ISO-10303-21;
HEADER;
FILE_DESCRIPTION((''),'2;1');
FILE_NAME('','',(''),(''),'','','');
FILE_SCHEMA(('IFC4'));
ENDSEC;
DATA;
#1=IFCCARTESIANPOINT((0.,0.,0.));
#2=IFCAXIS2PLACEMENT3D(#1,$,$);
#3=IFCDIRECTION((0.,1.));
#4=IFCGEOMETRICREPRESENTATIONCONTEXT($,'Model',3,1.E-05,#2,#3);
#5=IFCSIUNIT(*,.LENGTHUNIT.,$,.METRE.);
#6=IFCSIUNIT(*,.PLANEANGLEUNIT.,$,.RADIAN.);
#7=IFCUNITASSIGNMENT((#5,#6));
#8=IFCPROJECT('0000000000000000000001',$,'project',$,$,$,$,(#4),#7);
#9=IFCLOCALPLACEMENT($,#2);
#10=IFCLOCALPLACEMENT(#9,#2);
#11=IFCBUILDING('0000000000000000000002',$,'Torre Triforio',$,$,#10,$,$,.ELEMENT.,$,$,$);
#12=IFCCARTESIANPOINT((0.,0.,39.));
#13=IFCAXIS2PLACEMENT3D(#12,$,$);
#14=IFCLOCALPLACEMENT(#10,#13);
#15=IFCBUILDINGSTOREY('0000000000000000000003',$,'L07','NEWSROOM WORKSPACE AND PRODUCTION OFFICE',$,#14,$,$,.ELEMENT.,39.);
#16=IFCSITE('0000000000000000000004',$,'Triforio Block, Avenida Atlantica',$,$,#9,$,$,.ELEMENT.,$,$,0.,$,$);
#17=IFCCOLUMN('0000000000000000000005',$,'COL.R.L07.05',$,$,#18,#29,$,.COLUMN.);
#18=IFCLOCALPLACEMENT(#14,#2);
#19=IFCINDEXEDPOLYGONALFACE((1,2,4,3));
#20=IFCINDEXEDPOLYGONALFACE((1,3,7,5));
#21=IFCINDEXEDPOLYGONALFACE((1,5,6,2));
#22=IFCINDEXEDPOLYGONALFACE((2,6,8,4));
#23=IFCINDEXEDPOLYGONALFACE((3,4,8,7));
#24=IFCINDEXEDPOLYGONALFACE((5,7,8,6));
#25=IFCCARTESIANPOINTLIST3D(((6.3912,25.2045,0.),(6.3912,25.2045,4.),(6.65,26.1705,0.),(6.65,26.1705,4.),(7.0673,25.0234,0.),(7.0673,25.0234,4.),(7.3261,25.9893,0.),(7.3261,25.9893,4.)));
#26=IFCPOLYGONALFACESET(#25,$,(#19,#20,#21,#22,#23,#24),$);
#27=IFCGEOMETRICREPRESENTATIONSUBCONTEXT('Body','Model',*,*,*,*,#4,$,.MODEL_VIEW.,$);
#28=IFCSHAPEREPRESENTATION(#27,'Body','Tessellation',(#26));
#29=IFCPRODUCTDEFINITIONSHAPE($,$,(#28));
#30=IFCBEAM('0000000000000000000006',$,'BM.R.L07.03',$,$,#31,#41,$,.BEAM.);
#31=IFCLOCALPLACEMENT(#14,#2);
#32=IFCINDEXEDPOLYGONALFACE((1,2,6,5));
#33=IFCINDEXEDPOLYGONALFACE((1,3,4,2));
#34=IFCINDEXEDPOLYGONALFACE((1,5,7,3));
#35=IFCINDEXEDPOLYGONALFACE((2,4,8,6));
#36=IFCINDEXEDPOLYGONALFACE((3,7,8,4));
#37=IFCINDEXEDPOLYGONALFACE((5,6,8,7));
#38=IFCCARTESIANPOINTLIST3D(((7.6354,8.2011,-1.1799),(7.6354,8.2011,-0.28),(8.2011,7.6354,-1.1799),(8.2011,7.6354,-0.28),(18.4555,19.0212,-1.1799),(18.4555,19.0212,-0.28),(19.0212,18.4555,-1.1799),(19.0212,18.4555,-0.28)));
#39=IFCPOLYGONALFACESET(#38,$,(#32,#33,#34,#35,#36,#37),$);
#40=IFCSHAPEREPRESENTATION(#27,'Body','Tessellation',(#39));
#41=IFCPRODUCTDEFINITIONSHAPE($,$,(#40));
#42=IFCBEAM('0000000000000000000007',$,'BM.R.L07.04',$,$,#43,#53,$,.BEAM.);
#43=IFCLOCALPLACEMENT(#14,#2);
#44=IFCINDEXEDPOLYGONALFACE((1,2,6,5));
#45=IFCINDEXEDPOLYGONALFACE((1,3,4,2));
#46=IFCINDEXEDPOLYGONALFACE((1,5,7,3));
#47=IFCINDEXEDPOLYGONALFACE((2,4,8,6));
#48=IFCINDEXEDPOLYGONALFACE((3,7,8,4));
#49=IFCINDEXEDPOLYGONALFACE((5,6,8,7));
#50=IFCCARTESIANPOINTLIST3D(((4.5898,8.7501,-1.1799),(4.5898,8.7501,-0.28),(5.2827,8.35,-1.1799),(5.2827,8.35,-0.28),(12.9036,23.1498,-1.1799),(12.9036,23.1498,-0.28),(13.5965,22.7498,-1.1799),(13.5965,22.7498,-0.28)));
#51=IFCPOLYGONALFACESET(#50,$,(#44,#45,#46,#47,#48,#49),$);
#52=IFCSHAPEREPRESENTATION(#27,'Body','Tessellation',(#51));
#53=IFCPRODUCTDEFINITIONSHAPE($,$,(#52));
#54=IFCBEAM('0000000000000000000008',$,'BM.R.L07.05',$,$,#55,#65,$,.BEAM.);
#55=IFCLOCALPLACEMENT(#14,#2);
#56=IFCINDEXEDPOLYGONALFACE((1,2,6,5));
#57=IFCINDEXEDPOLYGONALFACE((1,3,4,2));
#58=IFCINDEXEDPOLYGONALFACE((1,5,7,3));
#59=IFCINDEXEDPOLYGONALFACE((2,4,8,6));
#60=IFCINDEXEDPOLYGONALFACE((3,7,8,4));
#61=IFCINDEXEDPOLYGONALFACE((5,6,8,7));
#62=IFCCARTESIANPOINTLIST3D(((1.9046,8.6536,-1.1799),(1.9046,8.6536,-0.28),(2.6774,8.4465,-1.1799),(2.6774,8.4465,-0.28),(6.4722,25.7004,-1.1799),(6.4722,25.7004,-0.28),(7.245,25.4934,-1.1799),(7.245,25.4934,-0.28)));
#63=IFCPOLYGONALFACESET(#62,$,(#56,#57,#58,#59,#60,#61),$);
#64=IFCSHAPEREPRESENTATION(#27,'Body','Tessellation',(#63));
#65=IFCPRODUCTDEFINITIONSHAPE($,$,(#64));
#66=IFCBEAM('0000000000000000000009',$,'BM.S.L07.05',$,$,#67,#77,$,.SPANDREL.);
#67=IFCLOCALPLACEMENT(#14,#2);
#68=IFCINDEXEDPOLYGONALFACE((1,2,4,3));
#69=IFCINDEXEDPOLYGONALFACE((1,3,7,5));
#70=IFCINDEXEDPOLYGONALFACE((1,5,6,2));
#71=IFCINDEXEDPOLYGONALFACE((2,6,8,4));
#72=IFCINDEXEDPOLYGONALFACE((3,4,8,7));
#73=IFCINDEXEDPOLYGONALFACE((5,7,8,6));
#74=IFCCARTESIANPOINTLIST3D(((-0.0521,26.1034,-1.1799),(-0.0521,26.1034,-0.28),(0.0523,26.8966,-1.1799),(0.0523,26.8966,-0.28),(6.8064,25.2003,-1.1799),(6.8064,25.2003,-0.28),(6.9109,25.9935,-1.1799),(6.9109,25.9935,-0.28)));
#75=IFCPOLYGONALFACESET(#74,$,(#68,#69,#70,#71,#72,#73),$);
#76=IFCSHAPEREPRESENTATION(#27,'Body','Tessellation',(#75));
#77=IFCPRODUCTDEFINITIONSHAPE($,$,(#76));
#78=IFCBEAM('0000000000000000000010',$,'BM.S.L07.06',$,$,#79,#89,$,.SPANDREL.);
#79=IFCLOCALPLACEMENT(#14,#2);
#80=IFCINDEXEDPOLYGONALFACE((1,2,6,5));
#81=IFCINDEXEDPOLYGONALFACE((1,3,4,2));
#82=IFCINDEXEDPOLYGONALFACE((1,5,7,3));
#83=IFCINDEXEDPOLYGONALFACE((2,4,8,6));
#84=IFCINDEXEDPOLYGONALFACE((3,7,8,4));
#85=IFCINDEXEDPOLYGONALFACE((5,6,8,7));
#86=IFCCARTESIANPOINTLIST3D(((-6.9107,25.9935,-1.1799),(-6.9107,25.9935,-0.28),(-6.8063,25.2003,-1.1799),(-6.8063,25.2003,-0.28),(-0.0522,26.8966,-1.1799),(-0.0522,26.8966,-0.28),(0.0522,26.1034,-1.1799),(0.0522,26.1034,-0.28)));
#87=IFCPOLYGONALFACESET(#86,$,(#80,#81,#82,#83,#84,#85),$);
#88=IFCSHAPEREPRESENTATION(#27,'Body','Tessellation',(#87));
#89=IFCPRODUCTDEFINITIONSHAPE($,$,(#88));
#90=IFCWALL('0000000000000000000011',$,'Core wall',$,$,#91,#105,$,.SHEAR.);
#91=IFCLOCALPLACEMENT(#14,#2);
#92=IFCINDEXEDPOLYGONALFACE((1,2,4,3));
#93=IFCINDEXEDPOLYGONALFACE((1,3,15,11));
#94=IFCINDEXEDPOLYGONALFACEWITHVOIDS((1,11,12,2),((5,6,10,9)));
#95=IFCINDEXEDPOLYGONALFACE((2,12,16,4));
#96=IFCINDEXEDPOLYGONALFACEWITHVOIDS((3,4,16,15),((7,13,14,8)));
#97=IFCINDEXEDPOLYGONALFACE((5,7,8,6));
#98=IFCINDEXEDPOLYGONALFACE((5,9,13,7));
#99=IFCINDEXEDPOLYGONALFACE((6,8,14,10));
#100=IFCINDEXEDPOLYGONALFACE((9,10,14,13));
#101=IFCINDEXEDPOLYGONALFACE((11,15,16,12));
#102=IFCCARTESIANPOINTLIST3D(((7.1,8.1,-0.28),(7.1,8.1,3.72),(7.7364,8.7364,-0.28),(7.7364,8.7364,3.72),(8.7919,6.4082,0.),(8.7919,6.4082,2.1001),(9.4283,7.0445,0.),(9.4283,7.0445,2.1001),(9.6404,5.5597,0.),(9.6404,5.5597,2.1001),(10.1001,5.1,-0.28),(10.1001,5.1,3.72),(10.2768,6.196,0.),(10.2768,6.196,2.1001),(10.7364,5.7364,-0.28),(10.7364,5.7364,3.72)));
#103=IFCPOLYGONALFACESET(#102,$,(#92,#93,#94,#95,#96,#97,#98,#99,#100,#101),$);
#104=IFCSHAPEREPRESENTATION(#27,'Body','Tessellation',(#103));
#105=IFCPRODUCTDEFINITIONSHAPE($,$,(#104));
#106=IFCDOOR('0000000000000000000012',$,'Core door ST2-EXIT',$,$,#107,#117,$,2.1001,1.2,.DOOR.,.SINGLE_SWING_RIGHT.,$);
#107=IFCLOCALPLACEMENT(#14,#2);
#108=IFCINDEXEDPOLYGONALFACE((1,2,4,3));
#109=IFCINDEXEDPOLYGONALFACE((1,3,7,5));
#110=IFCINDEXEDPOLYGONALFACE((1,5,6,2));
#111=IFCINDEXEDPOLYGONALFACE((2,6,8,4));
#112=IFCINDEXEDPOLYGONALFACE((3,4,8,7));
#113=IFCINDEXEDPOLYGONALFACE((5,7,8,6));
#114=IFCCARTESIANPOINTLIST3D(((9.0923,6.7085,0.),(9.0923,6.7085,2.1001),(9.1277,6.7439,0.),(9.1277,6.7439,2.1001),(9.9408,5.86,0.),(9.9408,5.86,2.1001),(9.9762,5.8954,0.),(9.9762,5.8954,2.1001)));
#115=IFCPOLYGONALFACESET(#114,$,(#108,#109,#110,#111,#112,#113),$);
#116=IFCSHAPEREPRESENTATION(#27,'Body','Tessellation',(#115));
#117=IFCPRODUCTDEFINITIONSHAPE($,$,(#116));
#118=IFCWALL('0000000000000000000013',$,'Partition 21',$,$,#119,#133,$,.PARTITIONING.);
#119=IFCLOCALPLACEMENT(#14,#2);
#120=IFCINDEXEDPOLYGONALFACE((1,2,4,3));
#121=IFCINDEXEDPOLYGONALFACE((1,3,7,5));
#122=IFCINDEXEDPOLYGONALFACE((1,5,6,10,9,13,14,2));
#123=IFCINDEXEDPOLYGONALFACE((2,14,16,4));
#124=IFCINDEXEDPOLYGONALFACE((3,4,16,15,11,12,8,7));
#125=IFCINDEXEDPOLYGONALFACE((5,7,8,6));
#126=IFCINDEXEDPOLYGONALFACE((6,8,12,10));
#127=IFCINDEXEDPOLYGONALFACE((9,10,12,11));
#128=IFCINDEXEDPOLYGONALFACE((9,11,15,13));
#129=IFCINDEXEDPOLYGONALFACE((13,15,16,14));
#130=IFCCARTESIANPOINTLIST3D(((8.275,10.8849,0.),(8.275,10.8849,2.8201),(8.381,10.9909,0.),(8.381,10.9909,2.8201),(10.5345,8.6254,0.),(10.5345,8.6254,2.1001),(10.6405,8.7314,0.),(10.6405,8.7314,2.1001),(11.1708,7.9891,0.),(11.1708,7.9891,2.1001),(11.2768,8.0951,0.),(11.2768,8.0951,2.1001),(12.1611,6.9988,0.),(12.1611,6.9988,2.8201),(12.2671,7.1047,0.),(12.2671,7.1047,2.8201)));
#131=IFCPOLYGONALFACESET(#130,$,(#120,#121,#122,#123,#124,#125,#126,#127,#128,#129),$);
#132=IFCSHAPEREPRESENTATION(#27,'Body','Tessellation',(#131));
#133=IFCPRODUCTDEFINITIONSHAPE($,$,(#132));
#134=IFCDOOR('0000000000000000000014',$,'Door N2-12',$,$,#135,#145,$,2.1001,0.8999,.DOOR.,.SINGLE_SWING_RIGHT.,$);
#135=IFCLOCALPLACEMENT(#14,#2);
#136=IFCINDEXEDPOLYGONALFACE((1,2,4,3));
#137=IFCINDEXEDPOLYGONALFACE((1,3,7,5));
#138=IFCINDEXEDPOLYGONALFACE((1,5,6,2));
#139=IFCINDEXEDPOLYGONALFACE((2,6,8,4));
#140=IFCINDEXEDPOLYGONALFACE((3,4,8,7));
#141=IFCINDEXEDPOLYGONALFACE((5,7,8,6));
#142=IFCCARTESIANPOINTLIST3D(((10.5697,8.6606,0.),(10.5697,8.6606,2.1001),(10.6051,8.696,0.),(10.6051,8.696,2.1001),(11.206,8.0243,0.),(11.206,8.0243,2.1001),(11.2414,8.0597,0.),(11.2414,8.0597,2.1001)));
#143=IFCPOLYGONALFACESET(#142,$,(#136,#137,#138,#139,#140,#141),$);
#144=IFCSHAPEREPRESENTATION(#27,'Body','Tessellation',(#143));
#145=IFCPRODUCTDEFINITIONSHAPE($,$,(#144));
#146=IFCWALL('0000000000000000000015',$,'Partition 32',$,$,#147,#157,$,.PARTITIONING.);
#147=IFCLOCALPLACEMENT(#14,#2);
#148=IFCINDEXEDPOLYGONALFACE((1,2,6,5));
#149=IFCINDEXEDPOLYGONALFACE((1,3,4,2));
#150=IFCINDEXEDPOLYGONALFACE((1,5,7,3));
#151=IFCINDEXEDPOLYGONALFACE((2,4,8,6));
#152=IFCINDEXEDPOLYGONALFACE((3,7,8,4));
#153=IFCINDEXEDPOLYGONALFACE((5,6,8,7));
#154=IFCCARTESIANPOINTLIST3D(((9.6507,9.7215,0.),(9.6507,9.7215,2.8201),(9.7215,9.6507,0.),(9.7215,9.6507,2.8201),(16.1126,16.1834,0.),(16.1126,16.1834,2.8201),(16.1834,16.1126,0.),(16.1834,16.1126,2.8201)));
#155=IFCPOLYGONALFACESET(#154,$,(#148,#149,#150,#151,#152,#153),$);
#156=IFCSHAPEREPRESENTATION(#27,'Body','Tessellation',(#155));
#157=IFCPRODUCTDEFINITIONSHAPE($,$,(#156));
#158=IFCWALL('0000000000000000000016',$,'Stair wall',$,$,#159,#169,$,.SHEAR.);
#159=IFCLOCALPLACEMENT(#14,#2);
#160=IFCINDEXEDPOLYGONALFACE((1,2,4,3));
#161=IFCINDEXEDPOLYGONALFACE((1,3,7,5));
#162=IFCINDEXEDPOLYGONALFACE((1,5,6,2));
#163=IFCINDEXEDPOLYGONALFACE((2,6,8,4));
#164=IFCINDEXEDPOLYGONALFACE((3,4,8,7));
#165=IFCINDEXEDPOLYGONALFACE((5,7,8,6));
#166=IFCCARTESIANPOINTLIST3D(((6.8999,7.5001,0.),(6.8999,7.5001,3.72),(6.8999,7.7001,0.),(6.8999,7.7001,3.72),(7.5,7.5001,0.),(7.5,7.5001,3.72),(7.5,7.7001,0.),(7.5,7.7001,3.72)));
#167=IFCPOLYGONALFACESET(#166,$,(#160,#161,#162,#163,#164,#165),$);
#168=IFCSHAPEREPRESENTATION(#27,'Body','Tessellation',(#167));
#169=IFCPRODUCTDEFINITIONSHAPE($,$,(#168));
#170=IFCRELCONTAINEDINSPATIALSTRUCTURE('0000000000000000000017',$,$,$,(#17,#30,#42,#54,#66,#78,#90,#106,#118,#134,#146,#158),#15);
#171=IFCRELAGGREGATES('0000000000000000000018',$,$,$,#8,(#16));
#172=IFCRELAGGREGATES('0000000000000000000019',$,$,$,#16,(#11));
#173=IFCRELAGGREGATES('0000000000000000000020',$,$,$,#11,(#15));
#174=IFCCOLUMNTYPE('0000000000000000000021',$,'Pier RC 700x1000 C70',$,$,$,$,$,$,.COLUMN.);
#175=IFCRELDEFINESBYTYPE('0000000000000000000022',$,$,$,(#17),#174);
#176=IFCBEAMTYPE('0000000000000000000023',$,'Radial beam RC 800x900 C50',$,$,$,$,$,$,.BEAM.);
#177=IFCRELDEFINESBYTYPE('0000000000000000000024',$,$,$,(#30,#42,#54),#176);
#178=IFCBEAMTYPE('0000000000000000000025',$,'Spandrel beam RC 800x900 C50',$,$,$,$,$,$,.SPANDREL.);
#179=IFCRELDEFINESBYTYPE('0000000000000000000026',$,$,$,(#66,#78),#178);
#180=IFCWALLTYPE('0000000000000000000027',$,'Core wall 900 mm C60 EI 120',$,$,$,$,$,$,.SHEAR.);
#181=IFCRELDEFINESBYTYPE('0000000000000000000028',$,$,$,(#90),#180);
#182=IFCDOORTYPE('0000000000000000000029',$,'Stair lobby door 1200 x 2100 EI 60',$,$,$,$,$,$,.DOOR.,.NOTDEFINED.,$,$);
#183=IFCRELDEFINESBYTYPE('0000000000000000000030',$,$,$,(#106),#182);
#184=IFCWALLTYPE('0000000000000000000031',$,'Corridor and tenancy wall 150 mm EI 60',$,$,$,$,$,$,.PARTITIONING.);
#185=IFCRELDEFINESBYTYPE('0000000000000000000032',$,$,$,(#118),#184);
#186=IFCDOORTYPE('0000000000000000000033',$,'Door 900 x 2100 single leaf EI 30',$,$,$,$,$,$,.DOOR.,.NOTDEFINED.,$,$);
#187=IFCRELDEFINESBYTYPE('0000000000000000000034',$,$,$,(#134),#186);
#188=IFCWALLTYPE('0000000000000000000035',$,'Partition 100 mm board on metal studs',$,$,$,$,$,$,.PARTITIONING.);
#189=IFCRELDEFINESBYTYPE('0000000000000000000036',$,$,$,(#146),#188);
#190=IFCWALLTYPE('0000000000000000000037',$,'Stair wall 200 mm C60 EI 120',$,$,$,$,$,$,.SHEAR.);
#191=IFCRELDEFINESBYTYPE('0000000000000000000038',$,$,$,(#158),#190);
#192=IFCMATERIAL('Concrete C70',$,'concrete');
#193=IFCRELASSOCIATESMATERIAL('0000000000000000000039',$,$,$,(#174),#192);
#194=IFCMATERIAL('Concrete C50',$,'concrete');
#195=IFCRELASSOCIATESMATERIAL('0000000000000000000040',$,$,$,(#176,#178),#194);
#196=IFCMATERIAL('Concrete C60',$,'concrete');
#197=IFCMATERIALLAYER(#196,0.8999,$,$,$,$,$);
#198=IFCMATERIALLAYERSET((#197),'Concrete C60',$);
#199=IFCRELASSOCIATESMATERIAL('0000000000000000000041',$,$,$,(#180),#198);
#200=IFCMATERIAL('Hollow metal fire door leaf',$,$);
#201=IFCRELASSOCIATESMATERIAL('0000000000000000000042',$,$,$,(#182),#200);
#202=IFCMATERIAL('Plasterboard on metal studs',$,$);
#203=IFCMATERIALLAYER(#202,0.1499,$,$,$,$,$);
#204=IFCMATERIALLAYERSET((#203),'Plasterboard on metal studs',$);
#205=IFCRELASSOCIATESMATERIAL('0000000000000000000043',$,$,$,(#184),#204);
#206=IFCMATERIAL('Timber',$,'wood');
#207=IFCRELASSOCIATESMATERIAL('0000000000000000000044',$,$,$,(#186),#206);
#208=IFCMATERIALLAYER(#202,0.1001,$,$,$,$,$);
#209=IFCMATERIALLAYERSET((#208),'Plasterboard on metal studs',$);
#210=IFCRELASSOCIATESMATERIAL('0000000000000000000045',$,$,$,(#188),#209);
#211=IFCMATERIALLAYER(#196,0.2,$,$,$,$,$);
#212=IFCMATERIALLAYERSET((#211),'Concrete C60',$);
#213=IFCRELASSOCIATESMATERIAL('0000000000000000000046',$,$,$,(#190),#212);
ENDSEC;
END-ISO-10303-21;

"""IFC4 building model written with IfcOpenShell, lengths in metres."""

from ifc_helpers import new_model, si_unit, direction, frame, frame_2d, origin, origin_2d, place, context, subcontext, project, spatial, rectangle, extrude, material, layer, layer_set, material_profile, profile_set, type_object, element, fill, save


model = new_model("IFC4")

# Units and contexts
model_context = context("Model", 3, precision=1e-05, world=origin(), true_north=direction((0.0, 1.0)))
body_context = subcontext(model_context, "Body", "Model", "MODEL_VIEW")
ifc_project = project(units=[si_unit("LENGTHUNIT", "METRE"), si_unit("PLANEANGLEUNIT", "RADIAN")], contexts=[model_context])

# Site, building, storey
site_placement = place(None, origin())
site = spatial("IfcSite", under=ifc_project, at=site_placement, Name="Triforio Block, Avenida Atlantica", CompositionType="ELEMENT", RefElevation=0.0)
building_placement = place(site_placement, origin())
building = spatial("IfcBuilding", under=site, at=building_placement, Name="Torre Triforio", CompositionType="ELEMENT")
storey_placement = place(building_placement, frame((0.0, 0.0, 39.0)))
storey = spatial("IfcBuildingStorey", under=building, at=storey_placement, Name="L07", Description="NEWSROOM WORKSPACE AND PRODUCTION OFFICE", CompositionType="ELEMENT", Elevation=39.0)

# Column
ifc_material_1 = material(Name="Concrete C70", Category="concrete")
ifc_material_profile_1 = material_profile(ifc_material_1, rectangle(XDim=0.7, YDim=1.0, at=origin_2d()), Name="RC 700x1000")
ifc_profile_set_1 = profile_set([ifc_material_profile_1], Name="Concrete C70")
column_type = type_object("IfcColumnType", Name="Pier RC 700x1000 C70", PredefinedType="COLUMN", material=ifc_profile_set_1)
column_placement = place(storey_placement, frame((6.8586, 25.5969, 0.0), z_axis=(0.0, 0.0, 1.0), x_axis=(-0.965926, 0.258819, 0.0)))
element("IfcColumn", 1, at=column_placement, inside=storey, type_object=column_type, Name="COL.R.L07.05", PredefinedType="COLUMN", context=body_context, shape_type="SweptSolid", body=[
    extrude(rectangle(XDim=0.7, YDim=1.0, at=origin_2d()), origin(), (0.0, 0.0, 1.0), 4.0),
])

# Beams
ifc_material_2 = material(Name="Concrete C50", Category="concrete")
ifc_material_profile_2 = material_profile(ifc_material_2, rectangle(XDim=0.8, YDim=0.8999, at=origin_2d()), Name="RC 800x900")
ifc_profile_set_2 = profile_set([ifc_material_profile_2], Name="Concrete C50")
beam_type_1 = type_object("IfcBeamType", Name="Radial beam RC 800x900 C50", PredefinedType="BEAM", material=ifc_profile_set_2)
beam_1_placement = place(storey_placement, frame((7.9182, 7.9182, -0.73), z_axis=(0.707107, 0.707107, 0.0), x_axis=(-0.707107, 0.707107, 0.0)))
element("IfcBeam", 2, at=beam_1_placement, inside=storey, type_object=beam_type_1, Name="BM.R.L07.03", PredefinedType="BEAM", context=body_context, shape_type="SweptSolid", body=[
    extrude(rectangle(XDim=0.8, YDim=0.8999, at=origin_2d()), origin(), (0.0, 0.0, 1.0), 15.302),
])
beam_2_placement = place(storey_placement, frame((4.9363, 8.55, -0.73), z_axis=(0.500003, 0.866023, 0.0), x_axis=(-0.866023, 0.500003, 0.0)))
element("IfcBeam", 3, at=beam_2_placement, inside=storey, type_object=beam_type_1, Name="BM.R.L07.04", PredefinedType="BEAM", context=body_context, shape_type="SweptSolid", body=[
    extrude(rectangle(XDim=0.8, YDim=0.8999, at=origin_2d()), origin(), (0.0, 0.0, 1.0), 16.6274),
])
beam_3_placement = place(storey_placement, frame((2.291, 8.55, -0.73), z_axis=(0.258815, 0.965927, 0.0), x_axis=(-0.965927, 0.258815, 0.0)))
element("IfcBeam", 4, at=beam_3_placement, inside=storey, type_object=beam_type_1, Name="BM.R.L07.05", PredefinedType="BEAM", context=body_context, shape_type="SweptSolid", body=[
    extrude(rectangle(XDim=0.8, YDim=0.8999, at=origin_2d()), origin(), (0.0, 0.0, 1.0), 17.6482),
])
ifc_material_profile_3 = material_profile(ifc_material_2, rectangle(XDim=0.8, YDim=0.8999, at=origin_2d()), Name="RC 800x900")
ifc_profile_set_3 = profile_set([ifc_material_profile_3], Name="Concrete C50")
beam_type_2 = type_object("IfcBeamType", Name="Spandrel beam RC 800x900 C50", PredefinedType="SPANDREL", material=ifc_profile_set_3)
for number, where, z_axis, x_axis, name in (
    (5, (6.8586, 25.5969, -0.73), (-0.991443, 0.130543, 0.0), (-0.130543, -0.991443, 0.0), "BM.S.L07.05"),
    (6, (0.0, 26.5, -0.73), (-0.991443, -0.130543, 0.0), (0.130543, -0.991443, 0.0), "BM.S.L07.06"),
):
    element("IfcBeam", number, at=place(storey_placement, frame(where, z_axis=z_axis, x_axis=x_axis)), inside=storey, type_object=beam_type_2, Name=name, PredefinedType="SPANDREL", context=body_context, shape_type="SweptSolid", body=[
        extrude(rectangle(XDim=0.8, YDim=0.8999, at=origin_2d()), origin(), (0.0, 0.0, 1.0), 6.9177),
    ])

# Walls, openings, doors
ifc_material_3 = material(Name="Concrete C60", Category="concrete")
ifc_layer_1 = layer(ifc_material_3, 0.8999)
ifc_layer_set_1 = layer_set([ifc_layer_1], Name="Concrete C60")
wall_type_1 = type_object("IfcWallType", Name="Core wall 900 mm C60 EI 120", PredefinedType="SHEAR", material=ifc_layer_set_1)
wall_1_placement = place(storey_placement, frame((7.4182, 8.4182, -0.28), z_axis=(0.0, 0.0, 1.0), x_axis=(0.707107, -0.707107, 0.0)))
wall_1 = element("IfcWall", 7, at=wall_1_placement, inside=storey, type_object=wall_type_1, Name="Core wall", PredefinedType="SHEAR", context=body_context, shape_type="SweptSolid", body=[
    extrude(rectangle(XDim=4.2427, YDim=0.8999, at=frame_2d((2.1213, 0.0))), origin(), (0.0, 0.0, 1.0), 4.0),
])
opening_1_placement = place(wall_1_placement, frame((2.3926, 0.0, 0.28)))
opening_1 = element("IfcOpeningElement", 8, at=opening_1_placement, cuts=wall_1, PredefinedType="OPENING", context=body_context, shape_type="SweptSolid", body=[
    extrude(rectangle(XDim=1.2, YDim=2.1001, at=frame_2d((0.6001, 1.05))), frame((0.0, 0.46, 0.0), z_axis=(0.0, -1.0, 0.0), x_axis=(1.0, 0.0, 0.0)), (0.0, 0.0, 1.0), 0.9199),
])
ifc_material_4 = material(Name="Hollow metal fire door leaf")
door_type_1 = type_object("IfcDoorType", Name="Stair lobby door 1200 x 2100 EI 60", OperationType="NOTDEFINED", PredefinedType="DOOR", material=ifc_material_4)
door_1_placement = place(opening_1_placement, origin())
door_1 = element("IfcDoor", 9, at=door_1_placement, inside=storey, type_object=door_type_1, Name="Core door ST2-EXIT", OperationType="SINGLE_SWING_RIGHT", OverallHeight=2.1001, OverallWidth=1.2, PredefinedType="DOOR", context=body_context, shape_type="SweptSolid", body=[
    extrude(rectangle(XDim=1.2, YDim=2.1001, at=frame_2d((0.6001, 1.05))), frame((0.0, 0.0249, 0.0), z_axis=(0.0, -1.0, 0.0), x_axis=(1.0, 0.0, 0.0)), (0.0, 0.0, 1.0), 0.05),
])
fill(opening_1, door_1)
ifc_material_5 = material(Name="Plasterboard on metal studs")
ifc_layer_2 = layer(ifc_material_5, 0.1499)
ifc_layer_set_2 = layer_set([ifc_layer_2], Name="Plasterboard on metal studs")
wall_type_2 = type_object("IfcWallType", Name="Corridor and tenancy wall 150 mm EI 60", PredefinedType="PARTITIONING", material=ifc_layer_set_2)
wall_2_placement = place(storey_placement, frame((8.3279, 10.938, 0.0), z_axis=(0.0, 0.0, 1.0), x_axis=(0.707107, -0.707107, 0.0)))
wall_2 = element("IfcWall", 10, at=wall_2_placement, inside=storey, type_object=wall_type_2, Name="Partition 21", PredefinedType="PARTITIONING", context=body_context, shape_type="SweptSolid", body=[
    extrude(rectangle(XDim=5.4958, YDim=0.1499, at=frame_2d((2.748, 0.0))), origin(), (0.0, 0.0, 1.0), 2.8201),
])
opening_2_placement = place(wall_2_placement, frame((3.1956, 0.0, 0.0)))
opening_2 = element("IfcOpeningElement", 11, at=opening_2_placement, cuts=wall_2, PredefinedType="OPENING", context=body_context, shape_type="SweptSolid", body=[
    extrude(rectangle(XDim=0.8999, YDim=2.1001, at=frame_2d((0.45, 1.05))), frame((0.0, 0.085, 0.0), z_axis=(0.0, -1.0, 0.0), x_axis=(1.0, 0.0, 0.0)), (0.0, 0.0, 1.0), 0.1699),
])
ifc_material_6 = material(Name="Timber", Category="wood")
door_type_2 = type_object("IfcDoorType", Name="Door 900 x 2100 single leaf EI 30", OperationType="NOTDEFINED", PredefinedType="DOOR", material=ifc_material_6)
door_2_placement = place(opening_2_placement, origin())
door_2 = element("IfcDoor", 12, at=door_2_placement, inside=storey, type_object=door_type_2, Name="Door N2-12", OperationType="SINGLE_SWING_RIGHT", OverallHeight=2.1001, OverallWidth=0.8999, PredefinedType="DOOR", context=body_context, shape_type="SweptSolid", body=[
    extrude(rectangle(XDim=0.8999, YDim=2.1001, at=frame_2d((0.45, 1.05))), frame((0.0, 0.0249, 0.0), z_axis=(0.0, -1.0, 0.0), x_axis=(1.0, 0.0, 0.0)), (0.0, 0.0, 1.0), 0.05),
])
fill(opening_2, door_2)

# Walls
ifc_layer_3 = layer(ifc_material_5, 0.1001)
ifc_layer_set_3 = layer_set([ifc_layer_3], Name="Plasterboard on metal studs")
wall_type_3 = type_object("IfcWallType", Name="Partition 100 mm board on metal studs", PredefinedType="PARTITIONING", material=ifc_layer_set_3)
wall_3_placement = place(storey_placement, frame((9.686, 9.686, 0.0), z_axis=(0.0, 0.0, 1.0), x_axis=(0.707107, 0.707107, 0.0)))
element("IfcWall", 13, at=wall_3_placement, inside=storey, type_object=wall_type_3, Name="Partition 32", PredefinedType="PARTITIONING", context=body_context, shape_type="SweptSolid", body=[
    extrude(rectangle(XDim=9.1384, YDim=0.1001, at=frame_2d((4.5693, 0.0))), origin(), (0.0, 0.0, 1.0), 2.8201),
])
ifc_layer_4 = layer(ifc_material_3, 0.2)
ifc_layer_set_4 = layer_set([ifc_layer_4], Name="Concrete C60")
wall_type_4 = type_object("IfcWallType", Name="Stair wall 200 mm C60 EI 120", PredefinedType="SHEAR", material=ifc_layer_set_4)
wall_4_placement = place(storey_placement, frame((6.8999, 7.6001, 0.0), z_axis=(0.0, 0.0, 1.0), x_axis=(1.0, 0.0, 0.0)))
element("IfcWall", 14, at=wall_4_placement, inside=storey, type_object=wall_type_4, Name="Stair wall", PredefinedType="SHEAR", context=body_context, shape_type="SweptSolid", body=[
    extrude(rectangle(XDim=0.6001, YDim=0.2, at=frame_2d((0.3, 0.0))), origin(), (0.0, 0.0, 1.0), 3.72),
])

save(model, "model.ifc")
